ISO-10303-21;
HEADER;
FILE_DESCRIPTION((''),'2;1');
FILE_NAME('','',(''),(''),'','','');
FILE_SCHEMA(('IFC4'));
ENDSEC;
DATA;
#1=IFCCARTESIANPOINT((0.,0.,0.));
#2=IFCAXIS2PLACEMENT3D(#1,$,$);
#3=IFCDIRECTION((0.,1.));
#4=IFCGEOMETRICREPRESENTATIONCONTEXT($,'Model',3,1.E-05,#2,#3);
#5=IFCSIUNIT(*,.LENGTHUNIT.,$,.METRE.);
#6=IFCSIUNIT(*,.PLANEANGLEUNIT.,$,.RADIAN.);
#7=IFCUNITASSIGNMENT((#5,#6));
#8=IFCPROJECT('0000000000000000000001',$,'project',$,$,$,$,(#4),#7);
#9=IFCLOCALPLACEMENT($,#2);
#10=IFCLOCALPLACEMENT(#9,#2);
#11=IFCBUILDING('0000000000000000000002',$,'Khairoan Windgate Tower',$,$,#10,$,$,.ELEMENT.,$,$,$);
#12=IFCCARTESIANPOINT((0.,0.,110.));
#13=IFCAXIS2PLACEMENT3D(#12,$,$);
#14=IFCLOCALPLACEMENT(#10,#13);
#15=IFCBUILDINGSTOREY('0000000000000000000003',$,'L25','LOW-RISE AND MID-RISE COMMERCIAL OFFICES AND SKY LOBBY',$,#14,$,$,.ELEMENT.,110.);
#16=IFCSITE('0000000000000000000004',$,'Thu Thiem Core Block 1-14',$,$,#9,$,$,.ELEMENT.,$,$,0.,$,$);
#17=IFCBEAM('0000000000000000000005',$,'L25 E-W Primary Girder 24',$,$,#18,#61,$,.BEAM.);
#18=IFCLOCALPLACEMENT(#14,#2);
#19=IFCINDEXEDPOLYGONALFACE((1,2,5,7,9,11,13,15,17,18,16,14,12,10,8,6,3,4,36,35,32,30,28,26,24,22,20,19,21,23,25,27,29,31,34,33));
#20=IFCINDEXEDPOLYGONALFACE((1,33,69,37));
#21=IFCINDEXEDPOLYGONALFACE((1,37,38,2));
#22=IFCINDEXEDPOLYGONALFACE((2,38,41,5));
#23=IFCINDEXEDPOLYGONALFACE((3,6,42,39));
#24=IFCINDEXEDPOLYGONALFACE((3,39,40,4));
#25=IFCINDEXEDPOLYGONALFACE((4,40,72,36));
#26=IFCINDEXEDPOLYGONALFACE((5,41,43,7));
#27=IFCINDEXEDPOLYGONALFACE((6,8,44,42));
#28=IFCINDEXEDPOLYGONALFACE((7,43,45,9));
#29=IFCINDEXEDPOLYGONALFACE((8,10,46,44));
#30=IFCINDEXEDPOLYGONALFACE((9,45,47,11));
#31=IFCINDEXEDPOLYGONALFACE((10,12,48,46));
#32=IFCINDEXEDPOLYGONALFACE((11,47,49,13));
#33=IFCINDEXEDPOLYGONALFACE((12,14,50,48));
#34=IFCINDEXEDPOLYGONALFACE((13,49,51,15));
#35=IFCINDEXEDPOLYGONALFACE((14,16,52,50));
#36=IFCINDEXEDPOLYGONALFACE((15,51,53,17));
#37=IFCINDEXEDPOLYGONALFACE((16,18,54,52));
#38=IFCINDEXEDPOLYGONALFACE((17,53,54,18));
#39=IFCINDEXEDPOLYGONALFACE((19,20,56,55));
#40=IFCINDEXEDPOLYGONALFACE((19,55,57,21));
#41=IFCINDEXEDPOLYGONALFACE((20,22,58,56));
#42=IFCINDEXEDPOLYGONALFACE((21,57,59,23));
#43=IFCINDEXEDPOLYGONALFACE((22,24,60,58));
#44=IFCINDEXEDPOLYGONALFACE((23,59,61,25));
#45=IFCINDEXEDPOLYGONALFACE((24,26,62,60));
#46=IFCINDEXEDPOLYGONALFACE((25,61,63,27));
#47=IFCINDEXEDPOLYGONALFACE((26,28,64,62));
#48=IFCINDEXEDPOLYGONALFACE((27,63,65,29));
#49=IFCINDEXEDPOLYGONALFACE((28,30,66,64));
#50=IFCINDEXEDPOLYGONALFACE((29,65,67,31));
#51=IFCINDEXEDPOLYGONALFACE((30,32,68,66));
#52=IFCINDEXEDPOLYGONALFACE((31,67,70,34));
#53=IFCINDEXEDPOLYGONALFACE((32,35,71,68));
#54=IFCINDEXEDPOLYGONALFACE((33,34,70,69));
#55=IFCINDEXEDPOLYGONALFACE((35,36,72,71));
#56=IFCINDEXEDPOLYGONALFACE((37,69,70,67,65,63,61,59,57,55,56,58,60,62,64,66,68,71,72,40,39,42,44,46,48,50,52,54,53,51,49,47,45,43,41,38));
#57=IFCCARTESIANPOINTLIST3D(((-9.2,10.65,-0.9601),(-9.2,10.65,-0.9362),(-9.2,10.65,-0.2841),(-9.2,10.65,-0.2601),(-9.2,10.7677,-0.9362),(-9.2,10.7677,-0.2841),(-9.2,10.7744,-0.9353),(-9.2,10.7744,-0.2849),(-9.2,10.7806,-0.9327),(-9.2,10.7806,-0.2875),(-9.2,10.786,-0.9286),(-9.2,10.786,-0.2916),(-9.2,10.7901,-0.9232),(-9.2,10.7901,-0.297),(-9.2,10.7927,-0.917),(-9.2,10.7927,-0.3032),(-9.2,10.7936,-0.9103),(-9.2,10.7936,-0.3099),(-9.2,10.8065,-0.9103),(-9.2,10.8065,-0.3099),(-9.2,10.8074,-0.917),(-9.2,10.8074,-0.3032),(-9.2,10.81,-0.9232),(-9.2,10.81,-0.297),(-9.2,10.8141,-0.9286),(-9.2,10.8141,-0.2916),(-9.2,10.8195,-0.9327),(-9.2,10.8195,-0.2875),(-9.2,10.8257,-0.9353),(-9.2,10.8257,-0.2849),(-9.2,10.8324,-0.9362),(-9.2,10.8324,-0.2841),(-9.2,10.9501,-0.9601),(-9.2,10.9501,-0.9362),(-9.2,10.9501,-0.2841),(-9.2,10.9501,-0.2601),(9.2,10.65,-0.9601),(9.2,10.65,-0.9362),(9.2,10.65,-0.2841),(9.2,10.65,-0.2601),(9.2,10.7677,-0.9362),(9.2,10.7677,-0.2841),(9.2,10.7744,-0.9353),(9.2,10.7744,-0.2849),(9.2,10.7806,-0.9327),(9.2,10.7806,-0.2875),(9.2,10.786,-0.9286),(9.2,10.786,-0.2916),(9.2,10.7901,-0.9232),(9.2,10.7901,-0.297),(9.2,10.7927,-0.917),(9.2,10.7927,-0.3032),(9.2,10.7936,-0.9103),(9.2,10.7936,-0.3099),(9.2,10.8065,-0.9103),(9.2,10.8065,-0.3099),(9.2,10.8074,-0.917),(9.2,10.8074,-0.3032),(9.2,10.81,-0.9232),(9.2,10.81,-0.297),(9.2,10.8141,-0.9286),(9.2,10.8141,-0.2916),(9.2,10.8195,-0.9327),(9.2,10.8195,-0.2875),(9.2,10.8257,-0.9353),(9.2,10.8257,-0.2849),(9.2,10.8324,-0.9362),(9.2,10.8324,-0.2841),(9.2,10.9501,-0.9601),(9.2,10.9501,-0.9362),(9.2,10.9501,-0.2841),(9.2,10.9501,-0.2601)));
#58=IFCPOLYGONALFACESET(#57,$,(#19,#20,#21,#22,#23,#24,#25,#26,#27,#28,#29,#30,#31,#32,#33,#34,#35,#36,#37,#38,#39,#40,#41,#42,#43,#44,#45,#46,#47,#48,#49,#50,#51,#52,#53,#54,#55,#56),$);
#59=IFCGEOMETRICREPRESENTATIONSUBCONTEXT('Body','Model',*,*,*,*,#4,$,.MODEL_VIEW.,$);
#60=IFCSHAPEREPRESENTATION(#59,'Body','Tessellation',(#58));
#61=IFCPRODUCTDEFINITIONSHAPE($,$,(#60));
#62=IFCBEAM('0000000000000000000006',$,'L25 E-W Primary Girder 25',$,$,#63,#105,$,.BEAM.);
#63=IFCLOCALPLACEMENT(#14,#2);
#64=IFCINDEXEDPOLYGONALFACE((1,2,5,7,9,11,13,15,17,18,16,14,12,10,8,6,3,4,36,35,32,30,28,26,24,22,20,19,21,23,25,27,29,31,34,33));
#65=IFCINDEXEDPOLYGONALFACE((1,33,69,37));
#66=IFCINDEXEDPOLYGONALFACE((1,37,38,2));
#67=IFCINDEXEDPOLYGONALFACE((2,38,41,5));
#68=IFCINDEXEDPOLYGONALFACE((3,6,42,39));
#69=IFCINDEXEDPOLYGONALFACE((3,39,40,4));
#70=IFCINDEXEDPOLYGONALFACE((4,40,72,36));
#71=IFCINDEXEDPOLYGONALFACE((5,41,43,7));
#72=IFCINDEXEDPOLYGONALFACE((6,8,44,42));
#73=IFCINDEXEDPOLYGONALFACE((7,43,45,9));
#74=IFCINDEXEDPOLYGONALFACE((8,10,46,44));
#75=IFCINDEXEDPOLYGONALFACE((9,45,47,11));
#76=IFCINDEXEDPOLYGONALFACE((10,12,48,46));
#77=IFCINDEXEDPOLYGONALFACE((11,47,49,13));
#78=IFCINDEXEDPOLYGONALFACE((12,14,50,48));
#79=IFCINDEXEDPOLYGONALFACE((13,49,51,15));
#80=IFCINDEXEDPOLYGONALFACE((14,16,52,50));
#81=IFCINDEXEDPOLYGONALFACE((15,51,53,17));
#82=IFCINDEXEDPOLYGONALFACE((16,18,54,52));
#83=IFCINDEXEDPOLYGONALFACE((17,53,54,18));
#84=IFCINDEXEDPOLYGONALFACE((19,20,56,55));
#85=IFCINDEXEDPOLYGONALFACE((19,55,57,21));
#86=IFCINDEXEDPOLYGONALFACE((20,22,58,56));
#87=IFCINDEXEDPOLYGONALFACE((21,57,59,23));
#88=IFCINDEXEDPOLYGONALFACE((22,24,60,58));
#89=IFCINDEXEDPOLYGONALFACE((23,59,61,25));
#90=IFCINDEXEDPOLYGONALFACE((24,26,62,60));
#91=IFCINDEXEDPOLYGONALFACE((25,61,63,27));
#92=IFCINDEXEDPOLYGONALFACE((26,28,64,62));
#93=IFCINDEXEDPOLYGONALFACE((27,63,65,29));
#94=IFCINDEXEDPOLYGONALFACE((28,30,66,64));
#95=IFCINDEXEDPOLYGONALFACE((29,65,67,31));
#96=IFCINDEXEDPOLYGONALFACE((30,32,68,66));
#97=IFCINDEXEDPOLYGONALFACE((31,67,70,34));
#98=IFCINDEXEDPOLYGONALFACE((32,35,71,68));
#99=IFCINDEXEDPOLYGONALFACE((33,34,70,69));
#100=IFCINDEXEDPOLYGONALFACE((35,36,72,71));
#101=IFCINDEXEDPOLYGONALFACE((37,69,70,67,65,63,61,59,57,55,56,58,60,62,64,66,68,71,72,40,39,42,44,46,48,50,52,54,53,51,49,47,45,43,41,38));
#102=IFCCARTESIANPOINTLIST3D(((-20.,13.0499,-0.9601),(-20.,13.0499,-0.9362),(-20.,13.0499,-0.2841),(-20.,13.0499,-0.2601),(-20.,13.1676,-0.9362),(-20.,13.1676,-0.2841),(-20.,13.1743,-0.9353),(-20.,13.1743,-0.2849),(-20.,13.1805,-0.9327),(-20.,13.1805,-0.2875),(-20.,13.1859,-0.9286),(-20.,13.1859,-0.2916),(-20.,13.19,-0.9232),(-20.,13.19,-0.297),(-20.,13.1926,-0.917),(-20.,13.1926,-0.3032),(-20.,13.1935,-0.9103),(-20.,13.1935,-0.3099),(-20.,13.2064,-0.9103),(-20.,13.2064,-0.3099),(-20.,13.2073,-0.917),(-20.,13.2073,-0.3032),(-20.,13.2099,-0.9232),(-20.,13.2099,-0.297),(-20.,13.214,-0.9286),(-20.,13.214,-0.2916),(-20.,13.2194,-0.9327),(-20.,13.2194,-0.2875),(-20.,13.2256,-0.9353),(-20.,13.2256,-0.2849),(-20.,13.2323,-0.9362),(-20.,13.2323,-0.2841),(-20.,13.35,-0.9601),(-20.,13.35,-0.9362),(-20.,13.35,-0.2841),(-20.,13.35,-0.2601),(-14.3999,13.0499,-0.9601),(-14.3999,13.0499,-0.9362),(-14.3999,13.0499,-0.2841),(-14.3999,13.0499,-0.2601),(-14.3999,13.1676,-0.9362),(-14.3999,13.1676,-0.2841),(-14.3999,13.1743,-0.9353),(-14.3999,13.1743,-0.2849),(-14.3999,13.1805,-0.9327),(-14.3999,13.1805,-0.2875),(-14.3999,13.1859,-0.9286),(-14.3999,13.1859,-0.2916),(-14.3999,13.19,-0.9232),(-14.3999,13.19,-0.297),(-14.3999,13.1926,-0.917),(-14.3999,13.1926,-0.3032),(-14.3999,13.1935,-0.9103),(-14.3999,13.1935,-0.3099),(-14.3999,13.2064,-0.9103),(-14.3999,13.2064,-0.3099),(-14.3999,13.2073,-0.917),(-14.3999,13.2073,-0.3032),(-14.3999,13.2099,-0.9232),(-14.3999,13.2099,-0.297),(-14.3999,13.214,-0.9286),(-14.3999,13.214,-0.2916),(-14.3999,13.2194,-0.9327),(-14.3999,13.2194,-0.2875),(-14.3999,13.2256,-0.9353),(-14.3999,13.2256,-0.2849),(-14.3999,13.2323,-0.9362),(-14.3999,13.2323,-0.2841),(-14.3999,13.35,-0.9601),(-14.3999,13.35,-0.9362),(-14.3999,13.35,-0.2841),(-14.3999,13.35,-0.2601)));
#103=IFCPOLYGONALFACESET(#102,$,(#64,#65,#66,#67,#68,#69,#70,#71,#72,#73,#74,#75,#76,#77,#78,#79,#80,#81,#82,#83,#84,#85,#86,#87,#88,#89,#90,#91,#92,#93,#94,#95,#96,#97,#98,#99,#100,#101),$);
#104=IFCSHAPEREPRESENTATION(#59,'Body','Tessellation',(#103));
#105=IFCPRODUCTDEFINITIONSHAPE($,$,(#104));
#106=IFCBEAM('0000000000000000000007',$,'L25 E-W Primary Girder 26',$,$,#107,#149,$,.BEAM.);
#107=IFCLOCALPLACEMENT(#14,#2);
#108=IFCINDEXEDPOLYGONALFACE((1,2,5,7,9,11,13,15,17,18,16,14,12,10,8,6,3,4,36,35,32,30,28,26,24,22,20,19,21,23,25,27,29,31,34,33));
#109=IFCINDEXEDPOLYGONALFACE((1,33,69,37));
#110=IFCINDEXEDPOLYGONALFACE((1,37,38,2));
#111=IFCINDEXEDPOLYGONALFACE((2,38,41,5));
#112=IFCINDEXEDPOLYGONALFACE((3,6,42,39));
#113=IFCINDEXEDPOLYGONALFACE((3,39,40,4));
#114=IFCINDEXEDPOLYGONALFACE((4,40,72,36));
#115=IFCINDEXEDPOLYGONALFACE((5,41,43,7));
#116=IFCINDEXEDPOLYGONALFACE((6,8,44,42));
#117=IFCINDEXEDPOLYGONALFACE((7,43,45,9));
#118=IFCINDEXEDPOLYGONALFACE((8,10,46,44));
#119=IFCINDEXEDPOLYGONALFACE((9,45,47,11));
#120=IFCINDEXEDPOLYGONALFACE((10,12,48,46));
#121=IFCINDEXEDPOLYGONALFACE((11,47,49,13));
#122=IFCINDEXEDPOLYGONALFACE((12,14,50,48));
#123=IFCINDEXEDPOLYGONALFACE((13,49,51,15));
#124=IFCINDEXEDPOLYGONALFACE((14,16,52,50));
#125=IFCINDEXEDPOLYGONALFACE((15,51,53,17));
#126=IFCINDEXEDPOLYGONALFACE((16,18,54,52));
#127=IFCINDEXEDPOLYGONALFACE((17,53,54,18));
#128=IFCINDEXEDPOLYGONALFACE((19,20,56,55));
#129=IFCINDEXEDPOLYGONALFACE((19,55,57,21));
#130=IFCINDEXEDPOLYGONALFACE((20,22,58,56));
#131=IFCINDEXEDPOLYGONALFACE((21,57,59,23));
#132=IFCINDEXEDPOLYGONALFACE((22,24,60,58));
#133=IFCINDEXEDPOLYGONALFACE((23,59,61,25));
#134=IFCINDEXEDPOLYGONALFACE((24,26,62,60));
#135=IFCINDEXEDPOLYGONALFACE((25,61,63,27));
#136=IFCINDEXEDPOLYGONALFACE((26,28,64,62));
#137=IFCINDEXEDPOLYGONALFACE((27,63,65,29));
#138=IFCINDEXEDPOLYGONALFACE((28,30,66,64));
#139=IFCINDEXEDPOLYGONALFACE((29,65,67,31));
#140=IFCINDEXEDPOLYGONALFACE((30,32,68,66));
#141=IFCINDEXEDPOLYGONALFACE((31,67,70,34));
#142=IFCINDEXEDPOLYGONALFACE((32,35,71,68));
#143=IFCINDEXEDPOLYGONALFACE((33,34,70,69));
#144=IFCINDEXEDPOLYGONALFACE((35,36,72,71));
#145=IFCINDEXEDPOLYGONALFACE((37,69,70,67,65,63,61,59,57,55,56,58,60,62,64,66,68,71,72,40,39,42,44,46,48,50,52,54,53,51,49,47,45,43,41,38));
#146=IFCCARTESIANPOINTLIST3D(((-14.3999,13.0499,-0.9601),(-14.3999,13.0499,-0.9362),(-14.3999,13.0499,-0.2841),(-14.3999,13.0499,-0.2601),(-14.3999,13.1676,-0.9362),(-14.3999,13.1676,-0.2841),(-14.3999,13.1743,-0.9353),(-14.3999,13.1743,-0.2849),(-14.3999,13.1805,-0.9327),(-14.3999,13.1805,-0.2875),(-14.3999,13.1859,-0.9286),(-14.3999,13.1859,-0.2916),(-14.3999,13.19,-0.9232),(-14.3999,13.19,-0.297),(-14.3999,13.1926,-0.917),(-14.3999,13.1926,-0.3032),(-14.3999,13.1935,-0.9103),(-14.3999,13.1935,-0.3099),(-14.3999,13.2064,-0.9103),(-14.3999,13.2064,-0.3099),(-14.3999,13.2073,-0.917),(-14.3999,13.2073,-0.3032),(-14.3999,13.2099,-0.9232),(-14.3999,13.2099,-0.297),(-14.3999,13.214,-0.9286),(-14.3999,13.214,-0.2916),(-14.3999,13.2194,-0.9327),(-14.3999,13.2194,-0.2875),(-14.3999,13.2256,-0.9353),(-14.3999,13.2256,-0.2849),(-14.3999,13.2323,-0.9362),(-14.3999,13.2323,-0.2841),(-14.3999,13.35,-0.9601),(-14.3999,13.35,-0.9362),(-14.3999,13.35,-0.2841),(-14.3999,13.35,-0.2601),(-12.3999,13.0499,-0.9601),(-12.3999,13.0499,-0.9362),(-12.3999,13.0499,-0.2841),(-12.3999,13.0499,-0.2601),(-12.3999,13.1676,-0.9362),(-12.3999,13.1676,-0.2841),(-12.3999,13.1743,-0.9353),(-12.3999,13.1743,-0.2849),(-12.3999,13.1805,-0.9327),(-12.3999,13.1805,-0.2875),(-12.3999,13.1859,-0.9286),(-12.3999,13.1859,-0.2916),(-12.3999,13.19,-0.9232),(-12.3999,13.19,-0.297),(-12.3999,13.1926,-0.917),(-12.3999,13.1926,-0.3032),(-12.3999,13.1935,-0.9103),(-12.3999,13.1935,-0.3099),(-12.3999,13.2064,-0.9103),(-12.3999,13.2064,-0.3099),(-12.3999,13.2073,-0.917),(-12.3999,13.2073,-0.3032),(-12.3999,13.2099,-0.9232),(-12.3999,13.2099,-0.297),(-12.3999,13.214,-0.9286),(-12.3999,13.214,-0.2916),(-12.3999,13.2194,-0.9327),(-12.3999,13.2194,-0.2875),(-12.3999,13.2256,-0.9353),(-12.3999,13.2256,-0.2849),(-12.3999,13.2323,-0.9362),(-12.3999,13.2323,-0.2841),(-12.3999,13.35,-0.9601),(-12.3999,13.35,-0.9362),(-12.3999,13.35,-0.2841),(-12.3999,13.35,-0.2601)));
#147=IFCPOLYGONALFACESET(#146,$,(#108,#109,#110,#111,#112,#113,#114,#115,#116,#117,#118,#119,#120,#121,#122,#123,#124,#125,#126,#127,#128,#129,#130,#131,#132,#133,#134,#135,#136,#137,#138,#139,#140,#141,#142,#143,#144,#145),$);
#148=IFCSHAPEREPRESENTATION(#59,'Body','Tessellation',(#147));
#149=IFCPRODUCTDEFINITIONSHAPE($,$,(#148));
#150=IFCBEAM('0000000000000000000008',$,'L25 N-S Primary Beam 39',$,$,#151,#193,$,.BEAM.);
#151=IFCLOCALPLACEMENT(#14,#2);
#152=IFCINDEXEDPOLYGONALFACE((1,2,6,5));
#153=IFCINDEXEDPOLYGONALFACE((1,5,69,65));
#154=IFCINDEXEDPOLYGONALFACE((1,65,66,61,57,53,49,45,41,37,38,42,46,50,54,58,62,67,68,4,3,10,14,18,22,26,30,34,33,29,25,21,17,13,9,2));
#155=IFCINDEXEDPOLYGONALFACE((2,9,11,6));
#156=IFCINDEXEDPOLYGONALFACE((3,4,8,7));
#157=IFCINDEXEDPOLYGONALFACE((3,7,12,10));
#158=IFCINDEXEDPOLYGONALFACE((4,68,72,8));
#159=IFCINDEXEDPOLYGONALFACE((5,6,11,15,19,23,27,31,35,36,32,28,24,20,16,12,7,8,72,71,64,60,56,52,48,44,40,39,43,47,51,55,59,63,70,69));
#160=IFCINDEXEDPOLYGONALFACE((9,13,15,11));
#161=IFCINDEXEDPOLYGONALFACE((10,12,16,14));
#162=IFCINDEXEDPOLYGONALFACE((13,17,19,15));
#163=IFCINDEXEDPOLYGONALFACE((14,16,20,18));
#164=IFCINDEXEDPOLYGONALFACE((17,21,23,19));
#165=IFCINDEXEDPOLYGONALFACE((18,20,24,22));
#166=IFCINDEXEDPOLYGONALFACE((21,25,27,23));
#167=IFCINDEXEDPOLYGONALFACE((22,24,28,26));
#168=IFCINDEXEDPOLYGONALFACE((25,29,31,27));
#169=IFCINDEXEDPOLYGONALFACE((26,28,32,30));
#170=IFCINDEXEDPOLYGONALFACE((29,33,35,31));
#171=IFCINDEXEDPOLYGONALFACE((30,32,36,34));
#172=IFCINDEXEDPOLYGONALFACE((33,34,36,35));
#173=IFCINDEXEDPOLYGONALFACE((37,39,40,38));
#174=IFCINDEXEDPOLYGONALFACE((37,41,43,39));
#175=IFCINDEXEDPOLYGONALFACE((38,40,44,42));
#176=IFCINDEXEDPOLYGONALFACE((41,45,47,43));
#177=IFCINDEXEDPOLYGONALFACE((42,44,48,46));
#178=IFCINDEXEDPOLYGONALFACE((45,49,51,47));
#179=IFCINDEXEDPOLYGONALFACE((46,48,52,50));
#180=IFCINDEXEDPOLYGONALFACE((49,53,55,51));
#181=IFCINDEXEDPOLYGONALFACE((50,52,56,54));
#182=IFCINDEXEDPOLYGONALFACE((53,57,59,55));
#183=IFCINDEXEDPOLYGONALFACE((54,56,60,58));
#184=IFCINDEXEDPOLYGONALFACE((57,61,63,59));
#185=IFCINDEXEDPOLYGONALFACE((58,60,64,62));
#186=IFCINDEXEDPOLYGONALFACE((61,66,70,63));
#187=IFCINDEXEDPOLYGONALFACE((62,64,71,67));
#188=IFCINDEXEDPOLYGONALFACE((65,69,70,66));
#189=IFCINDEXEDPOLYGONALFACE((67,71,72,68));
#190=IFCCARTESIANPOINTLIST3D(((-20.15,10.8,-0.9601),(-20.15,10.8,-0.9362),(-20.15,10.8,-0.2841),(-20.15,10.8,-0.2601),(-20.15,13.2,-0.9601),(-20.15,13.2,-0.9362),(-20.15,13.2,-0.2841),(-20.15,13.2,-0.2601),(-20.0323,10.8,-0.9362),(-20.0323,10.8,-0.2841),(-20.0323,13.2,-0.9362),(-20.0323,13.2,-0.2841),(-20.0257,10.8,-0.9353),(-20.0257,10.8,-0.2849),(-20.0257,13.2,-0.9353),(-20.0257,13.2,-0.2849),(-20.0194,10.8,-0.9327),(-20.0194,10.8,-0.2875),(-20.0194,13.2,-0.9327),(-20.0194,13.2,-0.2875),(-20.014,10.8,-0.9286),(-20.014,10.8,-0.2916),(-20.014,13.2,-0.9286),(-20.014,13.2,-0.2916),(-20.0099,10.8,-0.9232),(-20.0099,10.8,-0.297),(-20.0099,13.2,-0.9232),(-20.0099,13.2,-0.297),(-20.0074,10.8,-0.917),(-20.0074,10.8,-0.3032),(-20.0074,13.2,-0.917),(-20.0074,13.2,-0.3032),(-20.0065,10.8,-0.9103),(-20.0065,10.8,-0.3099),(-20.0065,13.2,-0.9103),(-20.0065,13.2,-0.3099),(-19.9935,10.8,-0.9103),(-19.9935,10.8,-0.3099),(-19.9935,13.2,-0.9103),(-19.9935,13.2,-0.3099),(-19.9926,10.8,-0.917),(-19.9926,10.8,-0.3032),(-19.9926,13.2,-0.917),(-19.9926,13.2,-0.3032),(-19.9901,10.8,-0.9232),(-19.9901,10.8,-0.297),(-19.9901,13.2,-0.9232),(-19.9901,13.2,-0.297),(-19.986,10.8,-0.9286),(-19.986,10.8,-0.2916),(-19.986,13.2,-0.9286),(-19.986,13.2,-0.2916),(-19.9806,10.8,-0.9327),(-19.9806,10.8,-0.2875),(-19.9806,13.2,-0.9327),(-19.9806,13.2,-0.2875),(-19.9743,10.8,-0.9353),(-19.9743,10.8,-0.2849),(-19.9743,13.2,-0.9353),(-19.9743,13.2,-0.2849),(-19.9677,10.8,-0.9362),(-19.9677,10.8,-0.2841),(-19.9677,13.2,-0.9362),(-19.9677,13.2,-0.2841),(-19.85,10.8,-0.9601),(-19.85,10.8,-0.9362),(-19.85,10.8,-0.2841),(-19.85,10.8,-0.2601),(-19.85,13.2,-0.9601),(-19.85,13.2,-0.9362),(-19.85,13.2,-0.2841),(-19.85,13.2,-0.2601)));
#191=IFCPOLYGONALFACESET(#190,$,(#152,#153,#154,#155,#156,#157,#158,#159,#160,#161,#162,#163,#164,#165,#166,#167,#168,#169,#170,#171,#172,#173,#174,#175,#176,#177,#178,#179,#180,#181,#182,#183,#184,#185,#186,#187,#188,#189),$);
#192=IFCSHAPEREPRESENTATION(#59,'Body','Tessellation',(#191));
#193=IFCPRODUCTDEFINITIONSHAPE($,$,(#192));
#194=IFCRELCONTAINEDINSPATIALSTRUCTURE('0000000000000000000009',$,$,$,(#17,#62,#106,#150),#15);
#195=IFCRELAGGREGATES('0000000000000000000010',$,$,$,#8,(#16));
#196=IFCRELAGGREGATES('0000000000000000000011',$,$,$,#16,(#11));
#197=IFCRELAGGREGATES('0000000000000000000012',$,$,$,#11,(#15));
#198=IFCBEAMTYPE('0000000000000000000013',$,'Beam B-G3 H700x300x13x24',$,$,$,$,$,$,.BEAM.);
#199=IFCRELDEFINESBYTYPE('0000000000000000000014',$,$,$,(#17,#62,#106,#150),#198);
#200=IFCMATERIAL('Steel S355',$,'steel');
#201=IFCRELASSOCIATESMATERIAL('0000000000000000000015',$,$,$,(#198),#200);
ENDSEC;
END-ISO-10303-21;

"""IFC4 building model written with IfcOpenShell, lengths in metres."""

from ifc_helpers import new_model, si_unit, direction, frame, origin, origin_2d, place, context, subcontext, project, spatial, i_section, extrude, material, material_profile, profile_set, type_object, element, save


model = new_model("IFC4")

# Units and contexts
model_context = context("Model", 3, precision=1e-05, world=origin(), true_north=direction((0.0, 1.0)))
body_context = subcontext(model_context, "Body", "Model", "MODEL_VIEW")
ifc_project = project(units=[si_unit("LENGTHUNIT", "METRE"), si_unit("PLANEANGLEUNIT", "RADIAN")], contexts=[model_context])

# Site, building, storey
site_placement = place(None, origin())
site = spatial("IfcSite", under=ifc_project, at=site_placement, Name="Thu Thiem Core Block 1-14", CompositionType="ELEMENT", RefElevation=0.0)
building_placement = place(site_placement, origin())
building = spatial("IfcBuilding", under=site, at=building_placement, Name="Khairoan Windgate Tower", CompositionType="ELEMENT")
storey_placement = place(building_placement, frame((0.0, 0.0, 110.0)))
storey = spatial("IfcBuildingStorey", under=building, at=storey_placement, Name="L25", Description="LOW-RISE AND MID-RISE COMMERCIAL OFFICES AND SKY LOBBY", CompositionType="ELEMENT", Elevation=110.0)

# Beams
ifc_material_1 = material(Name="Steel S355", Category="steel")
ifc_material_profile_1 = material_profile(ifc_material_1, i_section(OverallWidth=0.3, OverallDepth=0.7, WebThickness=0.0129, FlangeThickness=0.0239, FilletRadius=0.0259, at=origin_2d()))
ifc_profile_set_1 = profile_set([ifc_material_profile_1], Name="Steel S355")
beam_type_1 = type_object("IfcBeamType", Name="Beam B-G3 H700x300x13x24", PredefinedType="BEAM", material=ifc_profile_set_1)
beam_1_placement = place(storey_placement, frame((-9.2, 10.8, -0.6101), z_axis=(1.0, 0.0, 0.0), x_axis=(0.0, 1.0, 0.0)))
element("IfcBeam", 1, at=beam_1_placement, inside=storey, type_object=beam_type_1, Name="L25 E-W Primary Girder 24", PredefinedType="BEAM", context=body_context, shape_type="SweptSolid", body=[
    extrude(i_section(OverallWidth=0.3, OverallDepth=0.7, WebThickness=0.0129, FlangeThickness=0.0239, FilletRadius=0.0259, at=origin_2d()), origin(), (0.0, 0.0, 1.0), 18.3999),
])
beam_2_placement = place(storey_placement, frame((-20.0, 13.2, -0.6101), z_axis=(1.0, 0.0, 0.0), x_axis=(0.0, 1.0, 0.0)))
element("IfcBeam", 2, at=beam_2_placement, inside=storey, type_object=beam_type_1, Name="L25 E-W Primary Girder 25", PredefinedType="BEAM", context=body_context, shape_type="SweptSolid", body=[
    extrude(i_section(OverallWidth=0.3, OverallDepth=0.7, WebThickness=0.0129, FlangeThickness=0.0239, FilletRadius=0.0259, at=origin_2d()), origin(), (0.0, 0.0, 1.0), 5.6001),
])
beam_3_placement = place(storey_placement, frame((-14.3999, 13.2, -0.6101), z_axis=(1.0, 0.0, 0.0), x_axis=(0.0, 1.0, 0.0)))
element("IfcBeam", 3, at=beam_3_placement, inside=storey, type_object=beam_type_1, Name="L25 E-W Primary Girder 26", PredefinedType="BEAM", context=body_context, shape_type="SweptSolid", body=[
    extrude(i_section(OverallWidth=0.3, OverallDepth=0.7, WebThickness=0.0129, FlangeThickness=0.0239, FilletRadius=0.0259, at=origin_2d()), origin(), (0.0, 0.0, 1.0), 2.0),
])
beam_4_placement = place(storey_placement, frame((-20.0, 10.8, -0.6101), z_axis=(0.0, 1.0, 0.0), x_axis=(-1.0, 0.0, 0.0)))
element("IfcBeam", 4, at=beam_4_placement, inside=storey, type_object=beam_type_1, Name="L25 N-S Primary Beam 39", PredefinedType="BEAM", context=body_context, shape_type="SweptSolid", body=[
    extrude(i_section(OverallWidth=0.3, OverallDepth=0.7, WebThickness=0.0129, FlangeThickness=0.0239, FilletRadius=0.0259, at=origin_2d()), origin(), (0.0, 0.0, 1.0), 2.3999),
])

save(model, "model.ifc")
